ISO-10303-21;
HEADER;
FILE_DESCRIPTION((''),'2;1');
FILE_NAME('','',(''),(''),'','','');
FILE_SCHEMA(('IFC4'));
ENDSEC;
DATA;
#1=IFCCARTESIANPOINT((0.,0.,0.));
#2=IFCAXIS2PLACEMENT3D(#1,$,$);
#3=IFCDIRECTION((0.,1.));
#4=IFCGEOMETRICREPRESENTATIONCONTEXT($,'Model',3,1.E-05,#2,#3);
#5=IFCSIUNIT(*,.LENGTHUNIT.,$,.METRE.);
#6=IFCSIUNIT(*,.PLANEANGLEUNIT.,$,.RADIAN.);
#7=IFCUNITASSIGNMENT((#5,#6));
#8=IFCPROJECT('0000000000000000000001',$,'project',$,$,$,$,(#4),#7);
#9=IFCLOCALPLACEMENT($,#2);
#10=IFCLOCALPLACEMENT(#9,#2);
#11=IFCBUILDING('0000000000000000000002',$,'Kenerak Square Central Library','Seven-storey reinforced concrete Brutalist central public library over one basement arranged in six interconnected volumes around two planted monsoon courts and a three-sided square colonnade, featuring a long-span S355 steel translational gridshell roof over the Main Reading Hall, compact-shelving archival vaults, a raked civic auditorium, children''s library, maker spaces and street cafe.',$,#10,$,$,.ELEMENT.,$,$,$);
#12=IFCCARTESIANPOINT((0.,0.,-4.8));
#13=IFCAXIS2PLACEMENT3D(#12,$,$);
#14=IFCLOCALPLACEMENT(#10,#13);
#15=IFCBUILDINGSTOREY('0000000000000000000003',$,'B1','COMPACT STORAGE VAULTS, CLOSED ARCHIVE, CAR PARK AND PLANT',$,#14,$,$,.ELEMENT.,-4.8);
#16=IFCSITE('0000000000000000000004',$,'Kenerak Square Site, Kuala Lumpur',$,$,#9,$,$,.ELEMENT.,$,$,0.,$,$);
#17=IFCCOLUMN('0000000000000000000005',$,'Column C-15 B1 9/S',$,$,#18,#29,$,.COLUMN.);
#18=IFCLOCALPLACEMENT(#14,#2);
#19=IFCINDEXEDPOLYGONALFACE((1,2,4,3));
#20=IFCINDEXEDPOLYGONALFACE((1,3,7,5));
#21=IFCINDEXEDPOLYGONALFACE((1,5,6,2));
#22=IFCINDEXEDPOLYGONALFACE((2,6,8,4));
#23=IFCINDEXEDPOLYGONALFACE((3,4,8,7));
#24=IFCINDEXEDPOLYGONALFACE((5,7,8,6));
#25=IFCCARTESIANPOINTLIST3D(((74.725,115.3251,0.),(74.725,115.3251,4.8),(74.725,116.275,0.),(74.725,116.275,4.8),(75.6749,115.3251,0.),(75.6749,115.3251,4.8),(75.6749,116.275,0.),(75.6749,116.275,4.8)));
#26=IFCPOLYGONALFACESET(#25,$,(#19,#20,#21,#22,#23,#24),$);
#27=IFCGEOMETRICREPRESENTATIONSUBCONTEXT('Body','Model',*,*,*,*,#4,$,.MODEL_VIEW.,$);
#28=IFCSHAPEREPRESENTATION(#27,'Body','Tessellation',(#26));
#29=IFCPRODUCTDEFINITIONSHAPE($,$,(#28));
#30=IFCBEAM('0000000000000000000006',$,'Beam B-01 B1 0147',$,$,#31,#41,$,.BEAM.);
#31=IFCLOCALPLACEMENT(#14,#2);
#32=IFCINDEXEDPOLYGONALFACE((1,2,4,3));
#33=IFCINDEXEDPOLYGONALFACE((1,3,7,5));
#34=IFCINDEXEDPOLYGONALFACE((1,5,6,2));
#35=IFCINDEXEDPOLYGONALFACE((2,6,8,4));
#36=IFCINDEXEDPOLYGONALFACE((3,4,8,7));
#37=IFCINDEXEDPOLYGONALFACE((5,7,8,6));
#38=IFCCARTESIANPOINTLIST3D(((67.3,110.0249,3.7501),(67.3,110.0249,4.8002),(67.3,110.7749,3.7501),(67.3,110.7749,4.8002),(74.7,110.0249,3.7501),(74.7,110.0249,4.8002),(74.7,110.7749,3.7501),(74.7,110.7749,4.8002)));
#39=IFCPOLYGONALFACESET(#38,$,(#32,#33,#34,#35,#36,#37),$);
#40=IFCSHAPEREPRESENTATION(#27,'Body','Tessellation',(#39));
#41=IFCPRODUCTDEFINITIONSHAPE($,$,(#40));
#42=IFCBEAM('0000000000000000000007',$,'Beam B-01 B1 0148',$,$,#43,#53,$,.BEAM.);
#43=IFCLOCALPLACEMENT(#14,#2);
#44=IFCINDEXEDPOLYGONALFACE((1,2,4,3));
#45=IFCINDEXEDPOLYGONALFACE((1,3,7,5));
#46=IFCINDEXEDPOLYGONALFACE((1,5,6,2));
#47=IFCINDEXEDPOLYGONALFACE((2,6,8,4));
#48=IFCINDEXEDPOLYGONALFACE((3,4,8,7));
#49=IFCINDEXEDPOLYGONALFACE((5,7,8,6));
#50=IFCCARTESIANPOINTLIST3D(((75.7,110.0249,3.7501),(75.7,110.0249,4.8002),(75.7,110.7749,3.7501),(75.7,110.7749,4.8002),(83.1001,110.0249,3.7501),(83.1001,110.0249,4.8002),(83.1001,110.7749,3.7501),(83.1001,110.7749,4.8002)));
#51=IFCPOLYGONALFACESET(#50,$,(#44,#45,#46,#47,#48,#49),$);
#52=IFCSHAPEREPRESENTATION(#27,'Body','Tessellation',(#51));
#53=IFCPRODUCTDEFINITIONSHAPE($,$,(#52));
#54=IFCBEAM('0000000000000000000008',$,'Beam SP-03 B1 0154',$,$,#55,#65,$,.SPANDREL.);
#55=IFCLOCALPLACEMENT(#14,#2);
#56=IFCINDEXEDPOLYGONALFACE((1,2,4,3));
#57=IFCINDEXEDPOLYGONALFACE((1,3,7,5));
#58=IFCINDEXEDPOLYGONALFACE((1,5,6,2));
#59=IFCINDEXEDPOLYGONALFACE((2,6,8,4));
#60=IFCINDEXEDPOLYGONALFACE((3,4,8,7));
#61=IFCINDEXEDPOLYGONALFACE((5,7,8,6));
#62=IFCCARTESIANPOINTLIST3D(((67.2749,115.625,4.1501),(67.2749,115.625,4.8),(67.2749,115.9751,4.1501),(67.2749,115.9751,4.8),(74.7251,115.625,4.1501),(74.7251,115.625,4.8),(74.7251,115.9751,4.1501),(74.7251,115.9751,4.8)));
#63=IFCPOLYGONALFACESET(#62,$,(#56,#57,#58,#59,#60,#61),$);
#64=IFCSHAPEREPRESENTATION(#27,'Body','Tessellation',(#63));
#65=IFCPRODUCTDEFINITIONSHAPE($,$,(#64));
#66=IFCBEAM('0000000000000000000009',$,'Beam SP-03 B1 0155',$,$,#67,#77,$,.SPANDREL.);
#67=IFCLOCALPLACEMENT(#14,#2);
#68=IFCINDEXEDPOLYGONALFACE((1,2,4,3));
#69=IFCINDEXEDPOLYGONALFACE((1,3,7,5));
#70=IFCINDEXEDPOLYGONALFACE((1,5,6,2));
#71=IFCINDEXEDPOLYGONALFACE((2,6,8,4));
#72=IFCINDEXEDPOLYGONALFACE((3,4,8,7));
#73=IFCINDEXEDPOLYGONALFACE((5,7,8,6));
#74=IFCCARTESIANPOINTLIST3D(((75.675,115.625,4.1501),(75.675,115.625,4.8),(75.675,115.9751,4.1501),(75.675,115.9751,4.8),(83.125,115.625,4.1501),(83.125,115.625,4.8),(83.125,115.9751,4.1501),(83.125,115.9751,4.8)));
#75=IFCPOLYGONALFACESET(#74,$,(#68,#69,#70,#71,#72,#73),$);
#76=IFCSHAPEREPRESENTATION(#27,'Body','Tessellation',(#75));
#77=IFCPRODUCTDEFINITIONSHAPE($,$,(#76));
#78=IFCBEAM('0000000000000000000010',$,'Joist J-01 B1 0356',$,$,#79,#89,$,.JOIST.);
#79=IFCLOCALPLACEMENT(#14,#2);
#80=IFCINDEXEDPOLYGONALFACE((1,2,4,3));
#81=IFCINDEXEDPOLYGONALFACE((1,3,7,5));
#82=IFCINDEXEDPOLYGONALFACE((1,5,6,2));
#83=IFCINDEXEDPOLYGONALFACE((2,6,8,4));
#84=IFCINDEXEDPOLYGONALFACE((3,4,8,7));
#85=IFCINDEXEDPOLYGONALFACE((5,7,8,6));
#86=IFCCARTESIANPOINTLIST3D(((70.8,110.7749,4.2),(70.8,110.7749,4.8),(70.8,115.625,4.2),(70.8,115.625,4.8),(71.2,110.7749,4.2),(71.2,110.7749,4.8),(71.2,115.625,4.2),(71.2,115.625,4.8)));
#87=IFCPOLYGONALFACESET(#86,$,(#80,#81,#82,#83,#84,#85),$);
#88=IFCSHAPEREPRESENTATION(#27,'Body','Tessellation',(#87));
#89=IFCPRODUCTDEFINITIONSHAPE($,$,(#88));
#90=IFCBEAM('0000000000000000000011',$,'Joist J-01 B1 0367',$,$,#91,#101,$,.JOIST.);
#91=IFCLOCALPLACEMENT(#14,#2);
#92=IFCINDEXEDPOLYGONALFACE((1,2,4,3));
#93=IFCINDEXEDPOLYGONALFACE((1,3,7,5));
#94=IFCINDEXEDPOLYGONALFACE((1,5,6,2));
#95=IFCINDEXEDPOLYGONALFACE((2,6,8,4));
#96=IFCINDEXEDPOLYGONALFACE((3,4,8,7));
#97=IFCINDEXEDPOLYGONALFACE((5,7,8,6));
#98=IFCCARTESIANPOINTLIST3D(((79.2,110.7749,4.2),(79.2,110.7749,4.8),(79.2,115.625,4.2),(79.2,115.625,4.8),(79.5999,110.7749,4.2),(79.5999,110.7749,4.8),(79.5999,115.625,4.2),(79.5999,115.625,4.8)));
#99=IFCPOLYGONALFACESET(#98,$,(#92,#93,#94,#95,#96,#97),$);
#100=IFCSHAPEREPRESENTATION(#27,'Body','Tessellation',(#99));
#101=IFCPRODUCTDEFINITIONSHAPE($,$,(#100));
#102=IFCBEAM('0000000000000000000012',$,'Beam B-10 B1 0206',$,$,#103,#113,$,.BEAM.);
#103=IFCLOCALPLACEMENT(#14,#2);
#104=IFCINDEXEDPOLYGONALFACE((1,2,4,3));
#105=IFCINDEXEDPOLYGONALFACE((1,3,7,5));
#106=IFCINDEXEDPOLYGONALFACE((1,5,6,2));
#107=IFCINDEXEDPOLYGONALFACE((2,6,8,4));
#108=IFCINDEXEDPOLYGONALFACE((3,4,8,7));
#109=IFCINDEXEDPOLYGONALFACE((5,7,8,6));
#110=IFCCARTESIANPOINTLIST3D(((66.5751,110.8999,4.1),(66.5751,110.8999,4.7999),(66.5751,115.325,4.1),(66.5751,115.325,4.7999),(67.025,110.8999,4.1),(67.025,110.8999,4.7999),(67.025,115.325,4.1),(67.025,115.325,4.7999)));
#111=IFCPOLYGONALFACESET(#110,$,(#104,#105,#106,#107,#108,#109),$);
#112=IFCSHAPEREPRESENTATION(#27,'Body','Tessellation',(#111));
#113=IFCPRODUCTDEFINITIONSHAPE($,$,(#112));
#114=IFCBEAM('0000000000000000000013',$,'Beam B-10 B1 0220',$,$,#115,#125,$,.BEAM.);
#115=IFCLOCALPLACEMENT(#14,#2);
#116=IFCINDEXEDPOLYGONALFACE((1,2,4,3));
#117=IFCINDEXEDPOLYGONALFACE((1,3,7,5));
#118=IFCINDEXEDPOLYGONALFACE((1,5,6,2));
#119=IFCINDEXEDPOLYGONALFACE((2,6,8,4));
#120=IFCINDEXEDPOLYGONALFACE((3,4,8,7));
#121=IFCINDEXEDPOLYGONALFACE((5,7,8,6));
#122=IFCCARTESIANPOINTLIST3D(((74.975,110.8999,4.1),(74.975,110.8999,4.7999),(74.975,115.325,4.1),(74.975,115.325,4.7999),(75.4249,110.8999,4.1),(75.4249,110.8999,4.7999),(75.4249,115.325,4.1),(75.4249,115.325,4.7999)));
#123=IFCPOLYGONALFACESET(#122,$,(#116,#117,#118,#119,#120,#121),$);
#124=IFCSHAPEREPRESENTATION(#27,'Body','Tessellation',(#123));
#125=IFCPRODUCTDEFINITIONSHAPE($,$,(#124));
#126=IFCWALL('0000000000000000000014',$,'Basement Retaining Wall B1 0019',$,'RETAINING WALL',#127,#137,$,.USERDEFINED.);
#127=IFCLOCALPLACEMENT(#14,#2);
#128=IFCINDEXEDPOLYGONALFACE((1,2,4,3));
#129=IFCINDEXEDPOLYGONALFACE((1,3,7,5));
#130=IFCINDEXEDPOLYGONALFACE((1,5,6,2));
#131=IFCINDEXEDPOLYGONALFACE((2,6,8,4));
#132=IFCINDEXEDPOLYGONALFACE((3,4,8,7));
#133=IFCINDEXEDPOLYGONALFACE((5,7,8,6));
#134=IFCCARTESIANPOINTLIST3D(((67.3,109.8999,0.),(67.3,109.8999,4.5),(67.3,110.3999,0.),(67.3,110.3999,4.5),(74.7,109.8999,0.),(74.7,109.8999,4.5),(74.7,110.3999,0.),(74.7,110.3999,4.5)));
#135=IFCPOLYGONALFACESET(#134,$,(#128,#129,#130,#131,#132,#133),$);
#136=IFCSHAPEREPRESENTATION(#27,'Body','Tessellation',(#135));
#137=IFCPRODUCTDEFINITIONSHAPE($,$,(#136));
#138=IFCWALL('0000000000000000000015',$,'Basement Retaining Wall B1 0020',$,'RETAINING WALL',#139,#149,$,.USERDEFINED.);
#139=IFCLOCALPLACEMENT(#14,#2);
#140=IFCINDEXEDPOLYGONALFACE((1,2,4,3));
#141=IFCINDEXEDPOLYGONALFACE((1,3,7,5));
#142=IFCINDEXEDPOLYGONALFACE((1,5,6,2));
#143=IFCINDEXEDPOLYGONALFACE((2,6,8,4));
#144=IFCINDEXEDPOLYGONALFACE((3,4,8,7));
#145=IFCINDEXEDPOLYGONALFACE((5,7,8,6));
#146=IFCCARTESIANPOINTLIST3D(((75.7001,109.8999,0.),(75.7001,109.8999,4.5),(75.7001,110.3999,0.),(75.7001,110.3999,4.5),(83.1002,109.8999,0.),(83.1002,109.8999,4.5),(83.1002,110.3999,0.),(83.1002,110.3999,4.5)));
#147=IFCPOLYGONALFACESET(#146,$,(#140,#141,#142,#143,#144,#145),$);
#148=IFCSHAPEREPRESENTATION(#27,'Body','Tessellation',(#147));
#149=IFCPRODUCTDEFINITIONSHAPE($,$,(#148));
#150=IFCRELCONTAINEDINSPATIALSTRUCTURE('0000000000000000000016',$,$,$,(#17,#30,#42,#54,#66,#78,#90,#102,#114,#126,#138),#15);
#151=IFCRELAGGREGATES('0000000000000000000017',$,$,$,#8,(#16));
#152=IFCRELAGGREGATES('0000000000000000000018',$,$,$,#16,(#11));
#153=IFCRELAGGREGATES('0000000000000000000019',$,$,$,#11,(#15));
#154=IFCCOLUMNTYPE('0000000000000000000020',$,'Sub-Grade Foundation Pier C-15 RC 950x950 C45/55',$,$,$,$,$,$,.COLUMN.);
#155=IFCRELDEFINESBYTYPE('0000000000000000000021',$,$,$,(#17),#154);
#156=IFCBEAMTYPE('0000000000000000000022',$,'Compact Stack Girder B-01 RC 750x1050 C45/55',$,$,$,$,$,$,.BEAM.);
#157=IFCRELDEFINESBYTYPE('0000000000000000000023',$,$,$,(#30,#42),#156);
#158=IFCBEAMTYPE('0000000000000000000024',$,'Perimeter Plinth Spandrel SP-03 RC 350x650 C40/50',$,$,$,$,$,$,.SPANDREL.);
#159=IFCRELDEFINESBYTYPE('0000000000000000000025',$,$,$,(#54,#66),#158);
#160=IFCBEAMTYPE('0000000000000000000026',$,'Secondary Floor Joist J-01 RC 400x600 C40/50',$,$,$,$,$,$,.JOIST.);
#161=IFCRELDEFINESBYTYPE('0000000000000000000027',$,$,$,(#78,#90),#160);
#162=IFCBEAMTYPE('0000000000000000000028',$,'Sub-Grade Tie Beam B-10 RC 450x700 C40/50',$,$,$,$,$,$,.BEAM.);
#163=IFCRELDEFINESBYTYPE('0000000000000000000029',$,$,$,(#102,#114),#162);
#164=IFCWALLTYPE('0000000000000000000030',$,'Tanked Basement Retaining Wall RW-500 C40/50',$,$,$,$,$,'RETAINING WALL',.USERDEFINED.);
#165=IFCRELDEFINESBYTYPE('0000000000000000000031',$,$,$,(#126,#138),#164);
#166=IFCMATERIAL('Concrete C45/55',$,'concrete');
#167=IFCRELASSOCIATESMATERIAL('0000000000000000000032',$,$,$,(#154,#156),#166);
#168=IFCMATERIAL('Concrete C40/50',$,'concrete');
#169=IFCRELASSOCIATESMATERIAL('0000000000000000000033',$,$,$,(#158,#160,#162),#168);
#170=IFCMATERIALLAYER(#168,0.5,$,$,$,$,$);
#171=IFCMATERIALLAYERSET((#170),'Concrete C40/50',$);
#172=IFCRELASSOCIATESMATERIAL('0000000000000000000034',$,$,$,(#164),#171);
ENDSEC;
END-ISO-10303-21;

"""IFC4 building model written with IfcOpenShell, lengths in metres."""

from ifc_helpers import new_model, si_unit, direction, frame, frame_2d, origin, origin_2d, place, context, subcontext, project, spatial, rectangle, extrude, material, layer, layer_set, material_profile, profile_set, type_object, element, save


model = new_model("IFC4")

# Units and contexts
model_context = context("Model", 3, precision=1e-05, world=origin(), true_north=direction((0.0, 1.0)))
body_context = subcontext(model_context, "Body", "Model", "MODEL_VIEW")
ifc_project = project(units=[si_unit("LENGTHUNIT", "METRE"), si_unit("PLANEANGLEUNIT", "RADIAN")], contexts=[model_context])

# Site, building, storey
site_placement = place(None, origin())
site = spatial("IfcSite", under=ifc_project, at=site_placement, Name="Kenerak Square Site, Kuala Lumpur", CompositionType="ELEMENT", RefElevation=0.0)
building_placement = place(site_placement, origin())
building = spatial("IfcBuilding", under=site, at=building_placement, Name="Kenerak Square Central Library", Description="Seven-storey reinforced concrete Brutalist central public library over one basement arranged in six interconnected volumes around two planted monsoon courts and a three-sided square colonnade, featuring a long-span S355 steel translational gridshell roof over the Main Reading Hall, compact-shelving archival vaults, a raked civic auditorium, children's library, maker spaces and street cafe.", CompositionType="ELEMENT")
storey_placement = place(building_placement, frame((0.0, 0.0, -4.8)))
storey = spatial("IfcBuildingStorey", under=building, at=storey_placement, Name="B1", Description="COMPACT STORAGE VAULTS, CLOSED ARCHIVE, CAR PARK AND PLANT", CompositionType="ELEMENT", Elevation=-4.8)

# Shared definitions
ifc_material_1 = material(Name="Concrete C40/50", Category="concrete")

# Column
ifc_material_2 = material(Name="Concrete C45/55", Category="concrete")
ifc_material_profile_1 = material_profile(ifc_material_2, rectangle(XDim=0.95, YDim=0.95, at=origin_2d()), Name="RC 950x950")
ifc_profile_set_1 = profile_set([ifc_material_profile_1], Name="Concrete C45/55")
column_type_1 = type_object("IfcColumnType", Name="Sub-Grade Foundation Pier C-15 RC 950x950 C45/55", PredefinedType="COLUMN", material=ifc_profile_set_1)
for number, where, z_axis, x_axis, name in (
    (1, (75.2, 115.8, 0.0), (0.0, 0.0, 1.0), (1.0, 0.0, 0.0), "Column C-15 B1 9/S"),
):
    element("IfcColumn", number, at=place(storey_placement, frame(where, z_axis=z_axis, x_axis=x_axis)), inside=storey, type_object=column_type_1, Name=name, PredefinedType="COLUMN", context=body_context, shape_type="SweptSolid", body=[
        extrude(rectangle(XDim=0.95, YDim=0.95, at=origin_2d()), origin(), (0.0, 0.0, 1.0), 4.8),
    ])

# Beams
ifc_material_profile_2 = material_profile(ifc_material_2, rectangle(XDim=0.75, YDim=1.05, at=origin_2d()), Name="RC 750x1050")
ifc_profile_set_2 = profile_set([ifc_material_profile_2], Name="Concrete C45/55")
beam_type_1 = type_object("IfcBeamType", Name="Compact Stack Girder B-01 RC 750x1050 C45/55", PredefinedType="BEAM", material=ifc_profile_set_2)
beam_1_placement = place(storey_placement, frame((67.3, 110.3999, 4.2751), z_axis=(1.0, 0.0, 0.0), x_axis=(0.0, 1.0, 0.0)))
element("IfcBeam", 2, at=beam_1_placement, inside=storey, type_object=beam_type_1, Name="Beam B-01 B1 0147", PredefinedType="BEAM", context=body_context, shape_type="SweptSolid", body=[
    extrude(rectangle(XDim=0.75, YDim=1.05, at=origin_2d()), origin(), (0.0, 0.0, 1.0), 7.3999),
])
beam_2_placement = place(storey_placement, frame((75.7, 110.3999, 4.2751), z_axis=(1.0, 0.0, 0.0), x_axis=(0.0, 1.0, 0.0)))
element("IfcBeam", 3, at=beam_2_placement, inside=storey, type_object=beam_type_1, Name="Beam B-01 B1 0148", PredefinedType="BEAM", context=body_context, shape_type="SweptSolid", body=[
    extrude(rectangle(XDim=0.75, YDim=1.05, at=origin_2d()), origin(), (0.0, 0.0, 1.0), 7.4001),
])
ifc_material_profile_3 = material_profile(ifc_material_1, rectangle(XDim=0.3501, YDim=0.6499, at=origin_2d()), Name="RC 350x650")
ifc_profile_set_3 = profile_set([ifc_material_profile_3], Name="Concrete C40/50")
beam_type_2 = type_object("IfcBeamType", Name="Perimeter Plinth Spandrel SP-03 RC 350x650 C40/50", PredefinedType="SPANDREL", material=ifc_profile_set_3)
beam_3_placement = place(storey_placement, frame((67.2749, 115.8, 4.4751), z_axis=(1.0, 0.0, 0.0), x_axis=(0.0, 1.0, 0.0)))
element("IfcBeam", 4, at=beam_3_placement, inside=storey, type_object=beam_type_2, Name="Beam SP-03 B1 0154", PredefinedType="SPANDREL", context=body_context, shape_type="SweptSolid", body=[
    extrude(rectangle(XDim=0.3501, YDim=0.6499, at=origin_2d()), origin(), (0.0, 0.0, 1.0), 7.4502),
])
beam_4_placement = place(storey_placement, frame((75.675, 115.8, 4.4751), z_axis=(1.0, 0.0, 0.0), x_axis=(0.0, 1.0, 0.0)))
element("IfcBeam", 5, at=beam_4_placement, inside=storey, type_object=beam_type_2, Name="Beam SP-03 B1 0155", PredefinedType="SPANDREL", context=body_context, shape_type="SweptSolid", body=[
    extrude(rectangle(XDim=0.3501, YDim=0.6499, at=origin_2d()), origin(), (0.0, 0.0, 1.0), 7.45),
])
ifc_material_profile_4 = material_profile(ifc_material_1, rectangle(XDim=0.3999, YDim=0.6001, at=origin_2d()), Name="RC 400x600")
ifc_profile_set_4 = profile_set([ifc_material_profile_4], Name="Concrete C40/50")
beam_type_3 = type_object("IfcBeamType", Name="Secondary Floor Joist J-01 RC 400x600 C40/50", PredefinedType="JOIST", material=ifc_profile_set_4)
for number, where, z_axis, x_axis, name in (
    (6, (71.0, 110.7749, 4.5), (0.0, 1.0, 0.0), (-1.0, 0.0, 0.0), "Joist J-01 B1 0356"),
    (7, (79.3999, 110.7749, 4.5), (0.0, 1.0, 0.0), (-1.0, 0.0, 0.0), "Joist J-01 B1 0367"),
):
    element("IfcBeam", number, at=place(storey_placement, frame(where, z_axis=z_axis, x_axis=x_axis)), inside=storey, type_object=beam_type_3, Name=name, PredefinedType="JOIST", context=body_context, shape_type="SweptSolid", body=[
        extrude(rectangle(XDim=0.3999, YDim=0.6001, at=origin_2d()), origin(), (0.0, 0.0, 1.0), 4.8501),
    ])
ifc_material_profile_5 = material_profile(ifc_material_1, rectangle(XDim=0.45, YDim=0.7, at=origin_2d()), Name="RC 450x700")
ifc_profile_set_5 = profile_set([ifc_material_profile_5], Name="Concrete C40/50")
beam_type_4 = type_object("IfcBeamType", Name="Sub-Grade Tie Beam B-10 RC 450x700 C40/50", PredefinedType="BEAM", material=ifc_profile_set_5)
for number, where, z_axis, x_axis, name in (
    (8, (66.8, 110.8999, 4.45), (0.0, 1.0, 0.0), (-1.0, 0.0, 0.0), "Beam B-10 B1 0206"),
    (9, (75.2, 110.8999, 4.45), (0.0, 1.0, 0.0), (-1.0, 0.0, 0.0), "Beam B-10 B1 0220"),
):
    element("IfcBeam", number, at=place(storey_placement, frame(where, z_axis=z_axis, x_axis=x_axis)), inside=storey, type_object=beam_type_4, Name=name, PredefinedType="BEAM", context=body_context, shape_type="SweptSolid", body=[
        extrude(rectangle(XDim=0.45, YDim=0.7, at=origin_2d()), origin(), (0.0, 0.0, 1.0), 4.425),
    ])

# Walls
ifc_layer = layer(ifc_material_1, 0.5)
ifc_layer_set = layer_set([ifc_layer], Name="Concrete C40/50")
wall_type = type_object("IfcWallType", Name="Tanked Basement Retaining Wall RW-500 C40/50", ElementType="RETAINING WALL", PredefinedType="USERDEFINED", material=ifc_layer_set)
wall_1_placement = place(storey_placement, frame((67.3, 110.1499, 0.0), z_axis=(0.0, 0.0, 1.0), x_axis=(1.0, 0.0, 0.0)))
element("IfcWall", 10, at=wall_1_placement, inside=storey, type_object=wall_type, Name="Basement Retaining Wall B1 0019", ObjectType="RETAINING WALL", PredefinedType="USERDEFINED", context=body_context, shape_type="SweptSolid", body=[
    extrude(rectangle(XDim=7.3999, YDim=0.5, at=frame_2d((3.7, 0.0))), origin(), (0.0, 0.0, 1.0), 4.5),
])
wall_2_placement = place(storey_placement, frame((75.7, 110.1499, 0.0), z_axis=(0.0, 0.0, 1.0), x_axis=(1.0, 0.0, 0.0)))
element("IfcWall", 11, at=wall_2_placement, inside=storey, type_object=wall_type, Name="Basement Retaining Wall B1 0020", ObjectType="RETAINING WALL", PredefinedType="USERDEFINED", context=body_context, shape_type="SweptSolid", body=[
    extrude(rectangle(XDim=7.4001, YDim=0.5, at=frame_2d((3.7002, 0.0))), origin(), (0.0, 0.0, 1.0), 4.5),
])

save(model, "model.ifc")
